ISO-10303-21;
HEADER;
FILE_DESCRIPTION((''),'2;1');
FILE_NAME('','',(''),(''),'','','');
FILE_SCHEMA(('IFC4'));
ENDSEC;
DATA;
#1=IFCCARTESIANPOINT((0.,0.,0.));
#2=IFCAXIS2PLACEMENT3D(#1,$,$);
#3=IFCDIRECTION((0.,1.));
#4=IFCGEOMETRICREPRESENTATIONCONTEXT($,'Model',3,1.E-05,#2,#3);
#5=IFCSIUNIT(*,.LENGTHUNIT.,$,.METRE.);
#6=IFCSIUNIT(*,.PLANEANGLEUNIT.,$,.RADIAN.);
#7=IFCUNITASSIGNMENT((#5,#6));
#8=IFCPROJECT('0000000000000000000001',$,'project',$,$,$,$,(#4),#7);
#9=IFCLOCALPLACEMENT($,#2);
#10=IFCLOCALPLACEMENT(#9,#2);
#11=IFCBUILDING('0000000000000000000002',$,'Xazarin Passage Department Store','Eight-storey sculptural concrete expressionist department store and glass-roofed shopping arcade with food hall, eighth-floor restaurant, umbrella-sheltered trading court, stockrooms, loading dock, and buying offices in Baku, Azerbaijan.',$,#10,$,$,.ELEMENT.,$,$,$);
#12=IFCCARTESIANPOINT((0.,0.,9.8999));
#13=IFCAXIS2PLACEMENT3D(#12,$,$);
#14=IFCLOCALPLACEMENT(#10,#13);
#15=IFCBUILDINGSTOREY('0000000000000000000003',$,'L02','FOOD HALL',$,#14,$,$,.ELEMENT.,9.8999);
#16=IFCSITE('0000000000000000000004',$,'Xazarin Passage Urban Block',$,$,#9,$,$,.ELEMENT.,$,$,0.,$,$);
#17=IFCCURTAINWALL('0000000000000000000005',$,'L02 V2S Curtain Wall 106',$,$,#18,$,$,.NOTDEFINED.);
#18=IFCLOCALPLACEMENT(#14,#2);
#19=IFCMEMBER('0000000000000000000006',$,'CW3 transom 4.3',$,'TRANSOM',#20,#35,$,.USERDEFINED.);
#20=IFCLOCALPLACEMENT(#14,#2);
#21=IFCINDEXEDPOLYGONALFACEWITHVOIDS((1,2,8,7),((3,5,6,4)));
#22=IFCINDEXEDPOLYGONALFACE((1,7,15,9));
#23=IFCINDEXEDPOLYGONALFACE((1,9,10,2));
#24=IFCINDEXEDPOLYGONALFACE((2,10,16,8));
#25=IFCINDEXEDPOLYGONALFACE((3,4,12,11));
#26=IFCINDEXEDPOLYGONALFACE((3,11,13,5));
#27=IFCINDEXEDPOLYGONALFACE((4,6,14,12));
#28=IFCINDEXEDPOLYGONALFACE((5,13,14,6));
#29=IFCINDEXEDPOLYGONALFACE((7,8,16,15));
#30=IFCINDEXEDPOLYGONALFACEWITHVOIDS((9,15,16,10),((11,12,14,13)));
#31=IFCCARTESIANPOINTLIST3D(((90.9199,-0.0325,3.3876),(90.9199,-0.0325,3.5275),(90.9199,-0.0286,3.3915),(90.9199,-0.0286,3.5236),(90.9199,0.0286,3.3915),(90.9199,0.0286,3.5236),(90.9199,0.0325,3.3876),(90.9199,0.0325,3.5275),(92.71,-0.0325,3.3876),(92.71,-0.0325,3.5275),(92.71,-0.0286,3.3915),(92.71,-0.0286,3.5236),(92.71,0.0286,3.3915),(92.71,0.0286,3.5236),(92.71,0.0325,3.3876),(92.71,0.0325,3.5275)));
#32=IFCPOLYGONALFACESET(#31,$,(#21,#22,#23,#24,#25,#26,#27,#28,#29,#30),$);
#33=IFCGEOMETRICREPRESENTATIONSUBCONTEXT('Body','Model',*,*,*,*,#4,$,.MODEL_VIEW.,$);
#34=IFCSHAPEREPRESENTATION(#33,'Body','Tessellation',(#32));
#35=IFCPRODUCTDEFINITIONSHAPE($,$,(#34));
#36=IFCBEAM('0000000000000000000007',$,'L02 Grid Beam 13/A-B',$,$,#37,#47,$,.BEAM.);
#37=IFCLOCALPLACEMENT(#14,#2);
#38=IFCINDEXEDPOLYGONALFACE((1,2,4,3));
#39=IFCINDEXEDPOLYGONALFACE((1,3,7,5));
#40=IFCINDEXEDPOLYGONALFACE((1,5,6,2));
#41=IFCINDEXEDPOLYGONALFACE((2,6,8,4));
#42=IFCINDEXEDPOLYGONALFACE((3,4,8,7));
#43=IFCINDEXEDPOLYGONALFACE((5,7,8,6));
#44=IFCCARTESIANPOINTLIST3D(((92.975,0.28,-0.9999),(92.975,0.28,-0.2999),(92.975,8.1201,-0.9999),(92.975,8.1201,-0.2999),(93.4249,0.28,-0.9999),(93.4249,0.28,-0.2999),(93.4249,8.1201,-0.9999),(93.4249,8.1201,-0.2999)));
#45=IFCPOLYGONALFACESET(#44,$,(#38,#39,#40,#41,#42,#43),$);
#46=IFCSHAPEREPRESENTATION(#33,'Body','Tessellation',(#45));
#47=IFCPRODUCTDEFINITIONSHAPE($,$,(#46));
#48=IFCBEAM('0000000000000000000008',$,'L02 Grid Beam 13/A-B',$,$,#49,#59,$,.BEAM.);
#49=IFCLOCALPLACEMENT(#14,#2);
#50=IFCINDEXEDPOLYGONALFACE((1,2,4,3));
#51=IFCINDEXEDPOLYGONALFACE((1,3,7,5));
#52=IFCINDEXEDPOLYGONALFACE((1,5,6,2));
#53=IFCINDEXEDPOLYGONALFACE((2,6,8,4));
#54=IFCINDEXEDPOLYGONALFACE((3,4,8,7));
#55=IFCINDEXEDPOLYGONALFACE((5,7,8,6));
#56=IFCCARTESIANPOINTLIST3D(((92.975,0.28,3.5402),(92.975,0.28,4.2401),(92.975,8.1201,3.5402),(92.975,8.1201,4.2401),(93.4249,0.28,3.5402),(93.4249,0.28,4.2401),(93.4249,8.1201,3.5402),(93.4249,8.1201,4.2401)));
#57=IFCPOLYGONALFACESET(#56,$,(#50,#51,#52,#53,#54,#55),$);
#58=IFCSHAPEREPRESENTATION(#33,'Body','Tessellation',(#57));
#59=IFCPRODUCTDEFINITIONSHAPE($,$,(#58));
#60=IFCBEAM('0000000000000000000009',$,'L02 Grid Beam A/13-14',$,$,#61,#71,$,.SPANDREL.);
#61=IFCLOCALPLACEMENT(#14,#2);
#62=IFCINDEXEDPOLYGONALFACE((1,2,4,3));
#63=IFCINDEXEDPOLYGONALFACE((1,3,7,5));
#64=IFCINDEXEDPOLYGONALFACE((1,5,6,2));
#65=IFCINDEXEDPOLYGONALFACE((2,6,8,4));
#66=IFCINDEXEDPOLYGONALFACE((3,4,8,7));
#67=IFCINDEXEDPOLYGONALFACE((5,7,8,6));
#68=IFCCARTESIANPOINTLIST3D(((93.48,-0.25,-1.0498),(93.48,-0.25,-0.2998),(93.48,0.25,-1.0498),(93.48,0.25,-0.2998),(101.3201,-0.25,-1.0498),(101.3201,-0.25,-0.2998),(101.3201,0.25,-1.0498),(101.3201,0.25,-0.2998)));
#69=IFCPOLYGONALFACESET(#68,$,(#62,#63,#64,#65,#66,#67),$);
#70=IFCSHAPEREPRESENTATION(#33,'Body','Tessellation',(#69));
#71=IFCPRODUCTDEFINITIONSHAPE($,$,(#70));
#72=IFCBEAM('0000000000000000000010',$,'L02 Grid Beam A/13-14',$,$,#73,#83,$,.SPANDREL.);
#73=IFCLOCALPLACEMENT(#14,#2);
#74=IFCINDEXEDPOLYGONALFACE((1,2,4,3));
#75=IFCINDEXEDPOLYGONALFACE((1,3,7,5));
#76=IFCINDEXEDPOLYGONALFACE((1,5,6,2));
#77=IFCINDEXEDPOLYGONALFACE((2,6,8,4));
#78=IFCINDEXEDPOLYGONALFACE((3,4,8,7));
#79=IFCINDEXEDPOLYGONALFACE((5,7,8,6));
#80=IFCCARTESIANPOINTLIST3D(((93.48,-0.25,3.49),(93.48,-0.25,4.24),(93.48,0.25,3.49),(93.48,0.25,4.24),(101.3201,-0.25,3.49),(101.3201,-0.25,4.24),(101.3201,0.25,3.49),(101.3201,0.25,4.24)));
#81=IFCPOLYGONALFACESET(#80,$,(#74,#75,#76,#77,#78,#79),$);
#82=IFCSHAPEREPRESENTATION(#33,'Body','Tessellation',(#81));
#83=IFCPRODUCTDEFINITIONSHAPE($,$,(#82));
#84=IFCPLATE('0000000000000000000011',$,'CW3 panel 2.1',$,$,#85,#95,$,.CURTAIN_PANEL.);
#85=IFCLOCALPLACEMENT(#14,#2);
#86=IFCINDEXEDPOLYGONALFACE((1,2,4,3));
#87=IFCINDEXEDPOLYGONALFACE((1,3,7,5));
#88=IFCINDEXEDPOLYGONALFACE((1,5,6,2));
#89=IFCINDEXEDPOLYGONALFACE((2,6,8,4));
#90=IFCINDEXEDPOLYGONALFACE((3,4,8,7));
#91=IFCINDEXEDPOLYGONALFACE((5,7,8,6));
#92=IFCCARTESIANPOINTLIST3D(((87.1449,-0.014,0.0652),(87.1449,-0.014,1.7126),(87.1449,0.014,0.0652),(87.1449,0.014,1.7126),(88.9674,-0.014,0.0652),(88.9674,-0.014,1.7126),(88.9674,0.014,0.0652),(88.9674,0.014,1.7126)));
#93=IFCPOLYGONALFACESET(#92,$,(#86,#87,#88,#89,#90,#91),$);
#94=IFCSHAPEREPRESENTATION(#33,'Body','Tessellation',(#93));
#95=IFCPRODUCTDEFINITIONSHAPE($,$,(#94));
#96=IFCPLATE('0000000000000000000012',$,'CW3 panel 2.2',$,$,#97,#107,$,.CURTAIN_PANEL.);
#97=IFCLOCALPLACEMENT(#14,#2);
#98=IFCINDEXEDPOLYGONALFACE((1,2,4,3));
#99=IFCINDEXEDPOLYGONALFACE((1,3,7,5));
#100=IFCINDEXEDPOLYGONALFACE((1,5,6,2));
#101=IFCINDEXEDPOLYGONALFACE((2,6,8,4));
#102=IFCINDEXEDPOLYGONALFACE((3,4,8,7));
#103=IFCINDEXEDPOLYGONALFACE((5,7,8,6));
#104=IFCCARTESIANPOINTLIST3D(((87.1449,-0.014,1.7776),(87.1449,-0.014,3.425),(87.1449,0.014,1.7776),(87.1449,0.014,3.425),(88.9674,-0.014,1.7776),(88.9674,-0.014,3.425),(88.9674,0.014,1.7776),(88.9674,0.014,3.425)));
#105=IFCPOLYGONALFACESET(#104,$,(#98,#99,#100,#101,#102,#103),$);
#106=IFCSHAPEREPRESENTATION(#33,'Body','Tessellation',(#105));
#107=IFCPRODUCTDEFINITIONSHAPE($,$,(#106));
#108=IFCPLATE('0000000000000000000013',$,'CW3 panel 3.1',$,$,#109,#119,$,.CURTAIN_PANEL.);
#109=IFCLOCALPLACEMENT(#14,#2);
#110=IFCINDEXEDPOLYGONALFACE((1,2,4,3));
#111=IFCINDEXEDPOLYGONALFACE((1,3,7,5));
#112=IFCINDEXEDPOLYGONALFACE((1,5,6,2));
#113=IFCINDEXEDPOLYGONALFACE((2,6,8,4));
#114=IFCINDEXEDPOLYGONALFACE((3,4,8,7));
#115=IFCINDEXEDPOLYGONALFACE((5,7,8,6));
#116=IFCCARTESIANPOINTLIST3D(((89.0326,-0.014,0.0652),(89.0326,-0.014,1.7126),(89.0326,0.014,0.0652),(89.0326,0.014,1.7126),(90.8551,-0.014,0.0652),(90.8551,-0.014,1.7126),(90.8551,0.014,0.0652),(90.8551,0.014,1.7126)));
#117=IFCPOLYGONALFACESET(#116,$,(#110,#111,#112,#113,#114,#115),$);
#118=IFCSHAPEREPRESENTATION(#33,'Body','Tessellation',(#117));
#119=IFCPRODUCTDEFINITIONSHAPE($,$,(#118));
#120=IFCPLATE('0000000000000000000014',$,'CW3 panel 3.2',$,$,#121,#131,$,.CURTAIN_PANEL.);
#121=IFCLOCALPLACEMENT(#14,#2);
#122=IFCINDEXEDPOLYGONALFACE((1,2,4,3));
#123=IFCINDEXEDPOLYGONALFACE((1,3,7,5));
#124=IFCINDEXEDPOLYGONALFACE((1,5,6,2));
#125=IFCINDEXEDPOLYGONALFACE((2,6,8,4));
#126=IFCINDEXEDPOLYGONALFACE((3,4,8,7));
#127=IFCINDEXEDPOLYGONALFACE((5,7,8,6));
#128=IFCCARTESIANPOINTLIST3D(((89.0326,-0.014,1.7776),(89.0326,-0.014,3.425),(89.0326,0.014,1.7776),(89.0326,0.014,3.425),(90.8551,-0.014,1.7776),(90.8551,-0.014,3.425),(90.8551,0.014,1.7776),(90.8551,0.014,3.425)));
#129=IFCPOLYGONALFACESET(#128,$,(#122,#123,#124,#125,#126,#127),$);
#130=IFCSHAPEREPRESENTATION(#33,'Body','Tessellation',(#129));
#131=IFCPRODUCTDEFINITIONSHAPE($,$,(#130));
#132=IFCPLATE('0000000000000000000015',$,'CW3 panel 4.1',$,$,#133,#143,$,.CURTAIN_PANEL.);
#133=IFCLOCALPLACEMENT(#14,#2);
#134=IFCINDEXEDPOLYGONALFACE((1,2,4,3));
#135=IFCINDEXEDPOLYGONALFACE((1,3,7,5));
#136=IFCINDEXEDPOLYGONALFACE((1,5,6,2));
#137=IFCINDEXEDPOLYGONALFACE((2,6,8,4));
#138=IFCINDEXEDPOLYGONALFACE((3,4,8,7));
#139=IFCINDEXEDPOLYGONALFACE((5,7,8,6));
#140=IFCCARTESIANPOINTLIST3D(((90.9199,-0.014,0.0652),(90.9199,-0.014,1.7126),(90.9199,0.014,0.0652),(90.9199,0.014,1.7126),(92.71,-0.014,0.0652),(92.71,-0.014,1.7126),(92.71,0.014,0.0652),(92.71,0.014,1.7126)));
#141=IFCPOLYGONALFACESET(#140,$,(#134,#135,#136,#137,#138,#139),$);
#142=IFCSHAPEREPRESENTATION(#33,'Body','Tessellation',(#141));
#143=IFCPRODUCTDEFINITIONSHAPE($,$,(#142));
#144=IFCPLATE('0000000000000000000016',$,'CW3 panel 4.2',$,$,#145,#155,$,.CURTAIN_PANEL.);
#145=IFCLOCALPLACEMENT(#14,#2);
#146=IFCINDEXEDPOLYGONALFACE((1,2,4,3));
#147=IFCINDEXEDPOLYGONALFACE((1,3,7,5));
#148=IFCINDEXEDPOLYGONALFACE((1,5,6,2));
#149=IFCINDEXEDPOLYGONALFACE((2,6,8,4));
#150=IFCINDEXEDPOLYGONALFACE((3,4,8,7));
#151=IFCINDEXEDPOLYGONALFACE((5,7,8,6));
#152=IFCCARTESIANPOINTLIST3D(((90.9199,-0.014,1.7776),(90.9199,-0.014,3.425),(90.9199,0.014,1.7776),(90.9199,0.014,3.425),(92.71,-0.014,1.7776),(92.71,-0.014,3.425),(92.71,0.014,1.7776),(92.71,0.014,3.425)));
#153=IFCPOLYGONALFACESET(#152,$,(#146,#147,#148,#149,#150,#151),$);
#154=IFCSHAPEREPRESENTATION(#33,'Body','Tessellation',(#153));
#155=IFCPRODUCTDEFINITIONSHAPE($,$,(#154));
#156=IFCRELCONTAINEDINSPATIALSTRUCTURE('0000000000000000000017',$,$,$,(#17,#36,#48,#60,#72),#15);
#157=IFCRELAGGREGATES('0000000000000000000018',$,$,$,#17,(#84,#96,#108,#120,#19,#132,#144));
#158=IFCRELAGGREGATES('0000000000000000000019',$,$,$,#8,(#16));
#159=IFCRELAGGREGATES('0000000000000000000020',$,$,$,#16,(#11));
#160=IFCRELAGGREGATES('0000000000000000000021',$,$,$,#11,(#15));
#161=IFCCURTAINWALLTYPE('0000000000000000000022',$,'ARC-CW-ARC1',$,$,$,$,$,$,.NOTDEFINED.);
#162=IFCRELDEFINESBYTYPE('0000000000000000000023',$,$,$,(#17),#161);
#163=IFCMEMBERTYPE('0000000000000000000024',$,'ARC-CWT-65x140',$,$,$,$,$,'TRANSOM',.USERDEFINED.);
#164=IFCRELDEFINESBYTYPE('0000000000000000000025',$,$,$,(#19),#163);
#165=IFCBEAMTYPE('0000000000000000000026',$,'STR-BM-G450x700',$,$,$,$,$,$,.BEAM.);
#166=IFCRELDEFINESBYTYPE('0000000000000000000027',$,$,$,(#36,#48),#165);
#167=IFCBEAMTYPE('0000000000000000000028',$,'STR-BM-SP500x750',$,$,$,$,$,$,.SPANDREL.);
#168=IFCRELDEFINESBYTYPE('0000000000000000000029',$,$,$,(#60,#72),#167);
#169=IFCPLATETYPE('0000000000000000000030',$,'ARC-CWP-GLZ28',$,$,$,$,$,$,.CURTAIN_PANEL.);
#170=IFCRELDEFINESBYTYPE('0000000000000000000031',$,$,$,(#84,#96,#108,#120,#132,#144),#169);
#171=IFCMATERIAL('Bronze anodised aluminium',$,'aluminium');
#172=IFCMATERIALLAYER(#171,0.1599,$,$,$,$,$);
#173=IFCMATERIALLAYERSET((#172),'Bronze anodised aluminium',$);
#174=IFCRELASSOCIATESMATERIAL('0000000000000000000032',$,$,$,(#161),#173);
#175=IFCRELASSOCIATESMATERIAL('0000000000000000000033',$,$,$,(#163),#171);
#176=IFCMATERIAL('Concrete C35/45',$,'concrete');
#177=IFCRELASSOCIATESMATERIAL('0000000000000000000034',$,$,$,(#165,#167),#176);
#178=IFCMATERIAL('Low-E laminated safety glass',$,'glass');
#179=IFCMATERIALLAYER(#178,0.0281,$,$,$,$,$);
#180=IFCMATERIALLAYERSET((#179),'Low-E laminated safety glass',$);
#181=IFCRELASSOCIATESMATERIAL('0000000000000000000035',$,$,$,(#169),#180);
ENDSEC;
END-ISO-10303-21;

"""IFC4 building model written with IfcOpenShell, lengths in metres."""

from ifc_helpers import new_model, si_unit, direction, frame, origin, origin_2d, place, context, subcontext, project, spatial, rectangle, hollow_rectangle, extrude, material, layer, layer_set, material_profile, profile_set, type_object, element, aggregate, save


model = new_model("IFC4")

# Units and contexts
model_context = context("Model", 3, precision=1e-05, world=origin(), true_north=direction((0.0, 1.0)))
body_context = subcontext(model_context, "Body", "Model", "MODEL_VIEW")
ifc_project = project(units=[si_unit("LENGTHUNIT", "METRE"), si_unit("PLANEANGLEUNIT", "RADIAN")], contexts=[model_context])

# Site, building, storey
site_placement = place(None, origin())
site = spatial("IfcSite", under=ifc_project, at=site_placement, Name="Xazarin Passage Urban Block", CompositionType="ELEMENT", RefElevation=0.0)
building_placement = place(site_placement, origin())
building = spatial("IfcBuilding", under=site, at=building_placement, Name="Xazarin Passage Department Store", Description="Eight-storey sculptural concrete expressionist department store and glass-roofed shopping arcade with food hall, eighth-floor restaurant, umbrella-sheltered trading court, stockrooms, loading dock, and buying offices in Baku, Azerbaijan.", CompositionType="ELEMENT")
storey_placement = place(building_placement, frame((0.0, 0.0, 9.8999)))
storey = spatial("IfcBuildingStorey", under=building, at=storey_placement, Name="L02", Description="FOOD HALL", CompositionType="ELEMENT", Elevation=9.8999)

# Curtain wall
ifc_material_1 = material(Name="Bronze anodised aluminium", Category="aluminium")
ifc_layer_1 = layer(ifc_material_1, 0.1599)
ifc_layer_set_1 = layer_set([ifc_layer_1], Name="Bronze anodised aluminium")
curtain_wall_type = type_object("IfcCurtainWallType", Name="ARC-CW-ARC1", PredefinedType="NOTDEFINED", material=ifc_layer_set_1)
curtain_wall_1_placement = place(storey_placement, origin())
curtain_wall_1 = element("IfcCurtainWall", 1, at=curtain_wall_1_placement, inside=storey, type_object=curtain_wall_type, Name="L02 V2S Curtain Wall 106", PredefinedType="NOTDEFINED")

# Member
ifc_material_profile_1 = material_profile(ifc_material_1, hollow_rectangle(XDim=0.0649, YDim=0.1399, WallThickness=0.0039, at=origin_2d()), Name="ALU 65x140")
ifc_profile_set_1 = profile_set([ifc_material_profile_1], Name="Bronze anodised aluminium")
member_type_1 = type_object("IfcMemberType", Name="ARC-CWT-65x140", ElementType="TRANSOM", PredefinedType="USERDEFINED", material=ifc_profile_set_1)
member_1_placement = place(storey_placement, frame((90.9199, 0.0, 3.4575), z_axis=(1.0, 0.0, 0.0), x_axis=(0.0, 1.0, 0.0)))
member_1 = element("IfcMember", 2, at=member_1_placement, type_object=member_type_1, Name="CW3 transom 4.3", ObjectType="TRANSOM", PredefinedType="USERDEFINED", context=body_context, shape_type="SweptSolid", body=[
    extrude(hollow_rectangle(XDim=0.0649, YDim=0.1399, WallThickness=0.0039, at=origin_2d()), origin(), (0.0, 0.0, 1.0), 1.79),
])

# Beams
ifc_material_2 = material(Name="Concrete C35/45", Category="concrete")
ifc_material_profile_2 = material_profile(ifc_material_2, rectangle(XDim=0.45, YDim=0.7, at=origin_2d()), Name="RC 450x700")
ifc_profile_set_2 = profile_set([ifc_material_profile_2], Name="Concrete C35/45")
beam_type_1 = type_object("IfcBeamType", Name="STR-BM-G450x700", PredefinedType="BEAM", material=ifc_profile_set_2)
for number, where, z_axis, x_axis, name in (
    (3, (93.2, 0.28, -0.6499), (0.0, 1.0, 0.0), (-1.0, 0.0, 0.0), "L02 Grid Beam 13/A-B"),
    (4, (93.2, 0.28, 3.8901), (0.0, 1.0, 0.0), (-1.0, 0.0, 0.0), "L02 Grid Beam 13/A-B"),
):
    element("IfcBeam", number, at=place(storey_placement, frame(where, z_axis=z_axis, x_axis=x_axis)), inside=storey, type_object=beam_type_1, Name=name, PredefinedType="BEAM", context=body_context, shape_type="SweptSolid", body=[
        extrude(rectangle(XDim=0.45, YDim=0.7, at=origin_2d()), origin(), (0.0, 0.0, 1.0), 7.8401),
    ])
ifc_material_profile_3 = material_profile(ifc_material_2, rectangle(XDim=0.5, YDim=0.75, at=origin_2d()), Name="RC 500x750")
ifc_profile_set_3 = profile_set([ifc_material_profile_3], Name="Concrete C35/45")
beam_type_2 = type_object("IfcBeamType", Name="STR-BM-SP500x750", PredefinedType="SPANDREL", material=ifc_profile_set_3)
for number, where, z_axis, x_axis, name in (
    (5, (93.48, 0.0, -0.6748), (1.0, 0.0, 0.0), (0.0, 1.0, 0.0), "L02 Grid Beam A/13-14"),
    (6, (93.48, 0.0, 3.865), (1.0, 0.0, 0.0), (0.0, 1.0, 0.0), "L02 Grid Beam A/13-14"),
):
    element("IfcBeam", number, at=place(storey_placement, frame(where, z_axis=z_axis, x_axis=x_axis)), inside=storey, type_object=beam_type_2, Name=name, PredefinedType="SPANDREL", context=body_context, shape_type="SweptSolid", body=[
        extrude(rectangle(XDim=0.5, YDim=0.75, at=origin_2d()), origin(), (0.0, 0.0, 1.0), 7.8401),
    ])

# Plates
ifc_material_3 = material(Name="Low-E laminated safety glass", Category="glass")
ifc_layer_2 = layer(ifc_material_3, 0.0281)
ifc_layer_set_2 = layer_set([ifc_layer_2], Name="Low-E laminated safety glass")
plate_type = type_object("IfcPlateType", Name="ARC-CWP-GLZ28", PredefinedType="CURTAIN_PANEL", material=ifc_layer_set_2)
plate_1_placement = place(storey_placement, frame((88.0562, 0.0, 0.0652), z_axis=(0.0, 0.0, 1.0), x_axis=(1.0, 0.0, 0.0)))
plate_1 = element("IfcPlate", 7, at=plate_1_placement, type_object=plate_type, Name="CW3 panel 2.1", PredefinedType="CURTAIN_PANEL", context=body_context, shape_type="SweptSolid", body=[
    extrude(rectangle(XDim=1.8225, YDim=0.0281, at=origin_2d()), origin(), (0.0, 0.0, 1.0), 1.6475),
])
plate_2_placement = place(storey_placement, frame((88.0562, 0.0, 1.7776), z_axis=(0.0, 0.0, 1.0), x_axis=(1.0, 0.0, 0.0)))
plate_2 = element("IfcPlate", 8, at=plate_2_placement, type_object=plate_type, Name="CW3 panel 2.2", PredefinedType="CURTAIN_PANEL", context=body_context, shape_type="SweptSolid", body=[
    extrude(rectangle(XDim=1.8225, YDim=0.0281, at=origin_2d()), origin(), (0.0, 0.0, 1.0), 1.6475),
])
plate_3_placement = place(storey_placement, frame((89.9438, 0.0, 0.0652), z_axis=(0.0, 0.0, 1.0), x_axis=(1.0, 0.0, 0.0)))
plate_3 = element("IfcPlate", 9, at=plate_3_placement, type_object=plate_type, Name="CW3 panel 3.1", PredefinedType="CURTAIN_PANEL", context=body_context, shape_type="SweptSolid", body=[
    extrude(rectangle(XDim=1.8225, YDim=0.0281, at=origin_2d()), origin(), (0.0, 0.0, 1.0), 1.6475),
])
plate_4_placement = place(storey_placement, frame((89.9438, 0.0, 1.7776), z_axis=(0.0, 0.0, 1.0), x_axis=(1.0, 0.0, 0.0)))
plate_4 = element("IfcPlate", 10, at=plate_4_placement, type_object=plate_type, Name="CW3 panel 3.2", PredefinedType="CURTAIN_PANEL", context=body_context, shape_type="SweptSolid", body=[
    extrude(rectangle(XDim=1.8225, YDim=0.0281, at=origin_2d()), origin(), (0.0, 0.0, 1.0), 1.6475),
])
plate_5_placement = place(storey_placement, frame((91.8149, 0.0, 0.0652), z_axis=(0.0, 0.0, 1.0), x_axis=(1.0, 0.0, 0.0)))
plate_5 = element("IfcPlate", 11, at=plate_5_placement, type_object=plate_type, Name="CW3 panel 4.1", PredefinedType="CURTAIN_PANEL", context=body_context, shape_type="SweptSolid", body=[
    extrude(rectangle(XDim=1.79, YDim=0.0281, at=origin_2d()), origin(), (0.0, 0.0, 1.0), 1.6475),
])
plate_6_placement = place(storey_placement, frame((91.8149, 0.0, 1.7776), z_axis=(0.0, 0.0, 1.0), x_axis=(1.0, 0.0, 0.0)))
plate_6 = element("IfcPlate", 12, at=plate_6_placement, type_object=plate_type, Name="CW3 panel 4.2", PredefinedType="CURTAIN_PANEL", context=body_context, shape_type="SweptSolid", body=[
    extrude(rectangle(XDim=1.79, YDim=0.0281, at=origin_2d()), origin(), (0.0, 0.0, 1.0), 1.6475),
])
aggregate(curtain_wall_1, [plate_1, plate_2, plate_3, plate_4, member_1, plate_5, plate_6])

save(model, "model.ifc")
